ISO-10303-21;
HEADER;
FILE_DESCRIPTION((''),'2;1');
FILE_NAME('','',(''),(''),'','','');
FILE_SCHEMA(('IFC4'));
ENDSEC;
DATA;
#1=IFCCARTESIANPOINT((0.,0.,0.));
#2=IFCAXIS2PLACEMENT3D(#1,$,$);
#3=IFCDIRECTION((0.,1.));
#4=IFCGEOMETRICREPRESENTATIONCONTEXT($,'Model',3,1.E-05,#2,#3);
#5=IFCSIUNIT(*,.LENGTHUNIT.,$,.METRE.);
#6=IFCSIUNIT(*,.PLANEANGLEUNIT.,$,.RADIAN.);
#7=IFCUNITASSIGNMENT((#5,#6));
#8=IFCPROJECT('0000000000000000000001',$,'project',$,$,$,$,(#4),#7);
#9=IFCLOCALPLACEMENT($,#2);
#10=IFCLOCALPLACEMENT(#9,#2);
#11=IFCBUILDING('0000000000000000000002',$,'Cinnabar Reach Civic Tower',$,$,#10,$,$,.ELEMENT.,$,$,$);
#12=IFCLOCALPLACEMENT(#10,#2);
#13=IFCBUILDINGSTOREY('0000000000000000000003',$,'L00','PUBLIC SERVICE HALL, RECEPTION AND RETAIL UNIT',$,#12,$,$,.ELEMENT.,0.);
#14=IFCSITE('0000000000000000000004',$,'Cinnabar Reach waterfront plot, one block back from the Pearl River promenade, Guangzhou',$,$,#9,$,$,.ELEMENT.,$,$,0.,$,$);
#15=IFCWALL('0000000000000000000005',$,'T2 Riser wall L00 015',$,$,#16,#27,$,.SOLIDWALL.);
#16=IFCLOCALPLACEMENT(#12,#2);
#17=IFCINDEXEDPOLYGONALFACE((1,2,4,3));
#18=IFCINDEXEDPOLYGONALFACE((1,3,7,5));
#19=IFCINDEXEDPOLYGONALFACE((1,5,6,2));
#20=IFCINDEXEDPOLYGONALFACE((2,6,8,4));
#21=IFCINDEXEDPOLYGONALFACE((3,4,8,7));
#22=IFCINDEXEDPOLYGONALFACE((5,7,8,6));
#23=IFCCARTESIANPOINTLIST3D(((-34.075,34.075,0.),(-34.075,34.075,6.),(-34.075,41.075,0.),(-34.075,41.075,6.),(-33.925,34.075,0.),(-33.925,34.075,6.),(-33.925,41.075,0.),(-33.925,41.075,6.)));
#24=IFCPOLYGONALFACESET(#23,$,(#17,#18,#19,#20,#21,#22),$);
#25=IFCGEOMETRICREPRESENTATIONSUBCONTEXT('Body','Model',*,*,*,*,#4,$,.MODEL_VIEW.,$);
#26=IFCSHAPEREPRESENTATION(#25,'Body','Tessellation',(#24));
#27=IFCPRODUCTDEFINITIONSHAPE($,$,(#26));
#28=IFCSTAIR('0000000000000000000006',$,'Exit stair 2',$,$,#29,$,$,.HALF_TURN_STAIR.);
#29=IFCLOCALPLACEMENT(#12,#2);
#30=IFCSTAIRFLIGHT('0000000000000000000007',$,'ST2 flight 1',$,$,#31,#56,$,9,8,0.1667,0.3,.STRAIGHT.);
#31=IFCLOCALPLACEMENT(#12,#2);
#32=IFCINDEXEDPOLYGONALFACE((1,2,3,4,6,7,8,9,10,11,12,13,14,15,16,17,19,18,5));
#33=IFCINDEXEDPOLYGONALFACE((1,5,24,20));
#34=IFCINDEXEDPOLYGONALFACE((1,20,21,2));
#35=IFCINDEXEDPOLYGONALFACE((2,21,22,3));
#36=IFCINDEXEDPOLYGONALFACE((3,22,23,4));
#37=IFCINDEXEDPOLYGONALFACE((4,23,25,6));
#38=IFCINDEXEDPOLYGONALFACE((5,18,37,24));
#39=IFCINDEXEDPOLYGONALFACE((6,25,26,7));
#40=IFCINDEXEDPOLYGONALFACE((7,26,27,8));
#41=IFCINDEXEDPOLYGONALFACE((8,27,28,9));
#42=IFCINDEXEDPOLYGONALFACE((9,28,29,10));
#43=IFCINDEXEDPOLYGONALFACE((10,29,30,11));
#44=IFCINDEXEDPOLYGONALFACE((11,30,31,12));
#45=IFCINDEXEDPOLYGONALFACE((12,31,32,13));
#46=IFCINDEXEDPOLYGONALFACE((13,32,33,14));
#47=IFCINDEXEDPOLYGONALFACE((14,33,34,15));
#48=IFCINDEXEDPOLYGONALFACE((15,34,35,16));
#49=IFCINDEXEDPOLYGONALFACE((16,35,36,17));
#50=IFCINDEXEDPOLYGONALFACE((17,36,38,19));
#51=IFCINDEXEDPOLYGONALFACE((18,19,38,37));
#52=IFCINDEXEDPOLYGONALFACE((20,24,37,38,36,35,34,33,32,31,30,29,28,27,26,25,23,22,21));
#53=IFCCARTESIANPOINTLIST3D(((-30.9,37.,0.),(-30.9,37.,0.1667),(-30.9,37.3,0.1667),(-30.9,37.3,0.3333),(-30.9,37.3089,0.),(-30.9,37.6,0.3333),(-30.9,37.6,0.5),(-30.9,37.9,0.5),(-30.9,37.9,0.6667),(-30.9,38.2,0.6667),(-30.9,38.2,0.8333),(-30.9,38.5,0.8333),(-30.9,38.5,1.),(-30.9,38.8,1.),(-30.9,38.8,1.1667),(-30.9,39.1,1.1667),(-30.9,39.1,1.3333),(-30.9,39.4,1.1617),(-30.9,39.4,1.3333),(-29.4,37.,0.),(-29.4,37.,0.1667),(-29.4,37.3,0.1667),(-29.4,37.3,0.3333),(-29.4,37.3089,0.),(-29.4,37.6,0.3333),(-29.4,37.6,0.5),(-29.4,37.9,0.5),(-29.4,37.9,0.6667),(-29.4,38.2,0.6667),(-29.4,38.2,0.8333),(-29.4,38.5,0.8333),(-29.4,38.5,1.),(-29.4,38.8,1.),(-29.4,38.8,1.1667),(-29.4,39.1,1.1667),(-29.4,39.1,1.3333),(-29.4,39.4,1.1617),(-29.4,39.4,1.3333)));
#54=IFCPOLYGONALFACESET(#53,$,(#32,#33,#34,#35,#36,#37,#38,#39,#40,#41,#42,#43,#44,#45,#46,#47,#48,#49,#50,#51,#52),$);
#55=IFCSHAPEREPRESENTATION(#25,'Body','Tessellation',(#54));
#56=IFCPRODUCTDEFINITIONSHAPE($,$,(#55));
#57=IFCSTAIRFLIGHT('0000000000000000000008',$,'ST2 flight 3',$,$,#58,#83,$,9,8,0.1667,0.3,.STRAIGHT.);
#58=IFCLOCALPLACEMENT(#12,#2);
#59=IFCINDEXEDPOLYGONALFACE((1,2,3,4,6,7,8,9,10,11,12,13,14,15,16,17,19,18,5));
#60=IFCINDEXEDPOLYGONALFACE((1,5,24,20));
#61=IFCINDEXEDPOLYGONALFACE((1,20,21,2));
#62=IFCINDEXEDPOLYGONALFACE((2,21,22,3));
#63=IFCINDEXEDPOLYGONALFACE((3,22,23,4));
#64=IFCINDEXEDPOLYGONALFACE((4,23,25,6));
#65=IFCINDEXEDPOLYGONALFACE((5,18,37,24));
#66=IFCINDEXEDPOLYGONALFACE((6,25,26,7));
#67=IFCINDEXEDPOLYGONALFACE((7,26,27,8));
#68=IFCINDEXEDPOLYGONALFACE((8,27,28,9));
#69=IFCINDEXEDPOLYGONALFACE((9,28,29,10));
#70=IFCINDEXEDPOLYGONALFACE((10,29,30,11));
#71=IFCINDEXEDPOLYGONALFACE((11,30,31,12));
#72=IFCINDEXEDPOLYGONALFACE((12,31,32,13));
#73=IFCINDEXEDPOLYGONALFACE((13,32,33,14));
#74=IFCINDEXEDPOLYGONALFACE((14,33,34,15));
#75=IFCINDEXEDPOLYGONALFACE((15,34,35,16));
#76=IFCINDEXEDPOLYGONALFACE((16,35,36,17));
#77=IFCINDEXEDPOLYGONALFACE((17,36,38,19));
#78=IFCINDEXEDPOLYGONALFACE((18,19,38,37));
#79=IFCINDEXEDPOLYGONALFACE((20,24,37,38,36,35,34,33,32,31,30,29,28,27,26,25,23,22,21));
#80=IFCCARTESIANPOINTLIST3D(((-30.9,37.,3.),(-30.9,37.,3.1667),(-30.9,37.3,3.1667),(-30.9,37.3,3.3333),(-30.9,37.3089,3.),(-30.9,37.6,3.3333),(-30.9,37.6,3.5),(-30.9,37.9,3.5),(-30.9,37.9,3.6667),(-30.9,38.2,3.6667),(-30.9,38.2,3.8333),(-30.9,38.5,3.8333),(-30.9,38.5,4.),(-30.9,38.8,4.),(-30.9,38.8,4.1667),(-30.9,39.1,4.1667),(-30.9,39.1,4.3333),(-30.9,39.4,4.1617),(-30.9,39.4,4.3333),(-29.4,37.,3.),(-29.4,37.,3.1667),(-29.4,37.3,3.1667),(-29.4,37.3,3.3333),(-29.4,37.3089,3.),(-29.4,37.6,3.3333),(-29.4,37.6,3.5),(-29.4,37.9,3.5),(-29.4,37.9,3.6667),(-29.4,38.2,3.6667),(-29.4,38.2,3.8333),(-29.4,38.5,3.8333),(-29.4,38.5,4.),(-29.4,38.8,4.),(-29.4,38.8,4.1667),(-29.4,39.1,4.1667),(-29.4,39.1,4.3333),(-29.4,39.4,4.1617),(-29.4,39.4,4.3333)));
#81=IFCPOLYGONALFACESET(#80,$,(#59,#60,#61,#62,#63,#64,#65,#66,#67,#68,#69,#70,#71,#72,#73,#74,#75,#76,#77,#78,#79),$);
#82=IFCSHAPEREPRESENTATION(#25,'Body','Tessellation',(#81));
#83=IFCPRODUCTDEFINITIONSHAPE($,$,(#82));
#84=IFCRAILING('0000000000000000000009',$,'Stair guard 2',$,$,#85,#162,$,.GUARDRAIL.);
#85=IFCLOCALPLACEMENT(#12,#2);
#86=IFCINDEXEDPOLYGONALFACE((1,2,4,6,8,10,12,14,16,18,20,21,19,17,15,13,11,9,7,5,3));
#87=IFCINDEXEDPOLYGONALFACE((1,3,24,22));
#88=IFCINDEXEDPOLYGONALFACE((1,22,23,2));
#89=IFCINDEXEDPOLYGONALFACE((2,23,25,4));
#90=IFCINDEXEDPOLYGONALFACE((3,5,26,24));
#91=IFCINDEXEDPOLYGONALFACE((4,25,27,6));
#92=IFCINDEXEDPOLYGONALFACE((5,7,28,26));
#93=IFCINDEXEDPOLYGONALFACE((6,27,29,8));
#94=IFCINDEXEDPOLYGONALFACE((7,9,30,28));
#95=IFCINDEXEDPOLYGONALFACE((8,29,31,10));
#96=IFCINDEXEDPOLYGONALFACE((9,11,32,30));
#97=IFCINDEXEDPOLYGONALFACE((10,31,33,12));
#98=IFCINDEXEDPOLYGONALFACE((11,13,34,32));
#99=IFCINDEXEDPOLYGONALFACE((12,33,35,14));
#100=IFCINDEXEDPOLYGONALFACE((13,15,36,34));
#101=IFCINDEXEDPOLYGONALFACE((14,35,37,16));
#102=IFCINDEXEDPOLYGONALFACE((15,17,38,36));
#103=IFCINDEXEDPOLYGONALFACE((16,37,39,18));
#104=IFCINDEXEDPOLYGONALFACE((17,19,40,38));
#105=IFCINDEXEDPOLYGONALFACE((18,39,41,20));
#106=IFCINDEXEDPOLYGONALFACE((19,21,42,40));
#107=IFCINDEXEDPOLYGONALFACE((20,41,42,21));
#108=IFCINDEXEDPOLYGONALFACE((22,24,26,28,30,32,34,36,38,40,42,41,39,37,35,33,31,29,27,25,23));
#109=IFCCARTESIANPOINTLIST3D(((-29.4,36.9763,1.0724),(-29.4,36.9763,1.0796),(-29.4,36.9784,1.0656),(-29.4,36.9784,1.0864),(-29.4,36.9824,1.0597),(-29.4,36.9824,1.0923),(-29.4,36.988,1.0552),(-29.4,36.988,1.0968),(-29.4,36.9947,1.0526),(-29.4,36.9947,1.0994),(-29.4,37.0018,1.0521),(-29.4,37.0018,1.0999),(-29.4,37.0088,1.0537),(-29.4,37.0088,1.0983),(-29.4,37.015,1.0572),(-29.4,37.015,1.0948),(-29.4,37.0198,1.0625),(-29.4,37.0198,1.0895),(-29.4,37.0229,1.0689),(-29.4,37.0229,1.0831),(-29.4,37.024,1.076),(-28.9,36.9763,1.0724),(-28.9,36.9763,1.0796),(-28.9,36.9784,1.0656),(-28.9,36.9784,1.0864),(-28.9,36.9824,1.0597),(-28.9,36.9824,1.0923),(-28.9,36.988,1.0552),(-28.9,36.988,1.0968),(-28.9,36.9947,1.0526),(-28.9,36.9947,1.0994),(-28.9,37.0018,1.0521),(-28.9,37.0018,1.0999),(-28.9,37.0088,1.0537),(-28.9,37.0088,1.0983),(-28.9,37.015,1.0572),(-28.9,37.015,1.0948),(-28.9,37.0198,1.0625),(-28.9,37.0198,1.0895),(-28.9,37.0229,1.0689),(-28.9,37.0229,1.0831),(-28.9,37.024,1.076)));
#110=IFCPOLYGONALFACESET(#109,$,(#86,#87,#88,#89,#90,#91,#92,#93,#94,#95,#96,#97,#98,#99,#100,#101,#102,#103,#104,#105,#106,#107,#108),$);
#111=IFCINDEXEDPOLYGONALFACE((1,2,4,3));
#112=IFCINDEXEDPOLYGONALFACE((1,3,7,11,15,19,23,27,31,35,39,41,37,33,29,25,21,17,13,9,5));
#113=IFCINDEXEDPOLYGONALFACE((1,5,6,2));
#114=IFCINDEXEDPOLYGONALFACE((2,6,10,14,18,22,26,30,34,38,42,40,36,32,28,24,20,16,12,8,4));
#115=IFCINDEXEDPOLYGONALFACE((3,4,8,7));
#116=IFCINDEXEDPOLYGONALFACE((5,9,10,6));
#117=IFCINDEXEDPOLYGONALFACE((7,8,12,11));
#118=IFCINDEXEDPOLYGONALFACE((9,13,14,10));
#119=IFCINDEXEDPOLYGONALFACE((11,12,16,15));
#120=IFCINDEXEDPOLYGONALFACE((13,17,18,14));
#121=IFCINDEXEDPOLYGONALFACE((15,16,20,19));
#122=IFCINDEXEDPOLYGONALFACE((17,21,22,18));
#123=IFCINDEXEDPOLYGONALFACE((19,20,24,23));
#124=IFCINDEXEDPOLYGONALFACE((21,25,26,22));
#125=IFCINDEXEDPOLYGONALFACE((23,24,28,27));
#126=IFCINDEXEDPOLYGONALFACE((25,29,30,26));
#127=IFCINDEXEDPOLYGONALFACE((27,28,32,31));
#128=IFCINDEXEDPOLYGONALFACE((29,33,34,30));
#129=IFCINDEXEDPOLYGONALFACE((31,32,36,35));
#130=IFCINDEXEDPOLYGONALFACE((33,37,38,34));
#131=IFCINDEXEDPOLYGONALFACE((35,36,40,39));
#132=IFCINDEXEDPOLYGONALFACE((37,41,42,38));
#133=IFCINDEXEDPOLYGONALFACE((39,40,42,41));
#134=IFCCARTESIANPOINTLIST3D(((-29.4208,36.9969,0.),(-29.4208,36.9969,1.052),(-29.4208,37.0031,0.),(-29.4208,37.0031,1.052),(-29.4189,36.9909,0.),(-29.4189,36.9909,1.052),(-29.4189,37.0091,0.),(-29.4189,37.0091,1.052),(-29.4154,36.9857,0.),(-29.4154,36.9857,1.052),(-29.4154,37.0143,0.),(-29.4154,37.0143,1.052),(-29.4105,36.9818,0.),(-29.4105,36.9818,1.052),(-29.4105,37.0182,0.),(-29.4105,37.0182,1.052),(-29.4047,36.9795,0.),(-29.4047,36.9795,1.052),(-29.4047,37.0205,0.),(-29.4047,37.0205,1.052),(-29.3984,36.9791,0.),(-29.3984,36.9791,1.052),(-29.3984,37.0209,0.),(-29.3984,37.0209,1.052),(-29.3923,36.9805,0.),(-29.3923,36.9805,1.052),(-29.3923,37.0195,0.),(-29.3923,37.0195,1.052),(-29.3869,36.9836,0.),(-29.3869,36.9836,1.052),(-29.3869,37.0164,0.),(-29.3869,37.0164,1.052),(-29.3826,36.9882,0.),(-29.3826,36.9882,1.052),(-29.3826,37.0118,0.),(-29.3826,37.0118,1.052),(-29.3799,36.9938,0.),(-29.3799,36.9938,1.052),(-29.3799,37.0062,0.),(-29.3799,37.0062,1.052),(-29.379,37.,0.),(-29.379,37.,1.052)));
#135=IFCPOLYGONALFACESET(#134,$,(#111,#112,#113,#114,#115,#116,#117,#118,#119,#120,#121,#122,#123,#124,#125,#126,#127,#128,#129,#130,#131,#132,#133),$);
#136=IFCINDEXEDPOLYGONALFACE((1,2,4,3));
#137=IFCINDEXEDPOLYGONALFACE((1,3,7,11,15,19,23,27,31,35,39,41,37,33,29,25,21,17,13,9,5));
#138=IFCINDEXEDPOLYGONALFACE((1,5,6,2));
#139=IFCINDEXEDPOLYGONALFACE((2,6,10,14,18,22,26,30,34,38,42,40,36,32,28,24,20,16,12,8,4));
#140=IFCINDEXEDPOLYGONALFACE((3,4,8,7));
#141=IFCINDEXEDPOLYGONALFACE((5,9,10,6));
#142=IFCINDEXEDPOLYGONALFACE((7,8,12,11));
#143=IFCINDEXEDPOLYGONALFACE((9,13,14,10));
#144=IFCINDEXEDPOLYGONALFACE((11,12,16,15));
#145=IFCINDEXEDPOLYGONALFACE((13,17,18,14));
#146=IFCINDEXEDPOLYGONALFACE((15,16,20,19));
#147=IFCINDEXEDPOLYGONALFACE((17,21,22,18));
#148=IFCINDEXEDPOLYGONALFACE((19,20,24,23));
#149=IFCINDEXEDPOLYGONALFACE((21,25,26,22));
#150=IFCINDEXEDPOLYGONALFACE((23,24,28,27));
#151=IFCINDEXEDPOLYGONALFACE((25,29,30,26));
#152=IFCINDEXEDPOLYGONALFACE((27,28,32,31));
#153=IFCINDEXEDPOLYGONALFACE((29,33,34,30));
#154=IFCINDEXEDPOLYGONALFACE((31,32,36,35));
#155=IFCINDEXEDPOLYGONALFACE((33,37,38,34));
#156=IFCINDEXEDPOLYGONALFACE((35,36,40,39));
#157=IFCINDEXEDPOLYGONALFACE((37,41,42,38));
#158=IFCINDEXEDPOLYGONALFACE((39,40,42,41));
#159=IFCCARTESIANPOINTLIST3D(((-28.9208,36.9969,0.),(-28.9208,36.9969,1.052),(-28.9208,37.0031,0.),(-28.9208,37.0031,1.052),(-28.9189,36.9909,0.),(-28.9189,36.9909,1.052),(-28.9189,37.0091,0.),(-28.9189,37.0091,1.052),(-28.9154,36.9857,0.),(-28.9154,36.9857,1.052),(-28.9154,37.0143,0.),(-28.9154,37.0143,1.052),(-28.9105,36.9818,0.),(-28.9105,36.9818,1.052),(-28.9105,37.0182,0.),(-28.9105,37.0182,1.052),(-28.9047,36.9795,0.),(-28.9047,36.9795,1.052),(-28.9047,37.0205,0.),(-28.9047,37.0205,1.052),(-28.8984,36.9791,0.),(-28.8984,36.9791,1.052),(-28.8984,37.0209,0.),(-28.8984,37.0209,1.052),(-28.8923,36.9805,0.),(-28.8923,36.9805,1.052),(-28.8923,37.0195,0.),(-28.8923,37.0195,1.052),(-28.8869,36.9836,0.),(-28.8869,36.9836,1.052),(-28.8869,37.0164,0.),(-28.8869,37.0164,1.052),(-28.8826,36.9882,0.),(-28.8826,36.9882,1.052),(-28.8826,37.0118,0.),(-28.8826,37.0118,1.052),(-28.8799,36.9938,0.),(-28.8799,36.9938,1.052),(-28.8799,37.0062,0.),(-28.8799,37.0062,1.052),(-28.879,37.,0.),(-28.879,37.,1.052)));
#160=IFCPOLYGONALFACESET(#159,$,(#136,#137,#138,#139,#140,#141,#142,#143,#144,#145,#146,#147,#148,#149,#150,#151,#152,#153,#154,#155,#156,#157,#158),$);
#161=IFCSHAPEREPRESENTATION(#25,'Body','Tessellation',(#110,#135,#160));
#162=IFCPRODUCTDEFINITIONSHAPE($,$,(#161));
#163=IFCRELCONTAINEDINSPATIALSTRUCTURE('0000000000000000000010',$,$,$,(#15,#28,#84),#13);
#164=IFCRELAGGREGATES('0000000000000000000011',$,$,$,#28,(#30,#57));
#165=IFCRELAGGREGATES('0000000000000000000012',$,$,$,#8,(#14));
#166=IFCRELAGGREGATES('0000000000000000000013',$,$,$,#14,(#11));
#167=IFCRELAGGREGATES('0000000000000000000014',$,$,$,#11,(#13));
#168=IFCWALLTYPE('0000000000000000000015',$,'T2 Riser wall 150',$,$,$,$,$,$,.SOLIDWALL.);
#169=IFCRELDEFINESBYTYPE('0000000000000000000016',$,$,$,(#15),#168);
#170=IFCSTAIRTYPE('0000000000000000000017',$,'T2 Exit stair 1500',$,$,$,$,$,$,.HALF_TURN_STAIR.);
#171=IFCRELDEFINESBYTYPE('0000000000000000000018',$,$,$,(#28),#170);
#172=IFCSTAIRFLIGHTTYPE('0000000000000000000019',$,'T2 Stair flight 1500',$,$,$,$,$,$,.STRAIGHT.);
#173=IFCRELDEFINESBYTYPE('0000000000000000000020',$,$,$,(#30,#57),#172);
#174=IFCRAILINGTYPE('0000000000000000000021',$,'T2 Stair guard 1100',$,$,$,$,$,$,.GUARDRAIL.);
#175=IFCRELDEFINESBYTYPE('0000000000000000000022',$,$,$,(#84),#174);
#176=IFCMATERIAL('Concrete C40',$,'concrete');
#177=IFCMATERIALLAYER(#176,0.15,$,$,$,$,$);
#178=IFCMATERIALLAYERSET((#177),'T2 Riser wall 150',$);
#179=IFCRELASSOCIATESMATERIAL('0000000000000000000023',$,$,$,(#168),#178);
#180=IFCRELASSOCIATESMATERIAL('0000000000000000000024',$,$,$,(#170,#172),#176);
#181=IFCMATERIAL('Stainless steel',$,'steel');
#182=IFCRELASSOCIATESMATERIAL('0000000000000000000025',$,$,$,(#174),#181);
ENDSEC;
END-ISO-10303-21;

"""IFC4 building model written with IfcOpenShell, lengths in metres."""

from ifc_helpers import new_model, si_unit, direction, frame, frame_2d, origin, origin_2d, place, context, subcontext, project, spatial, polyline, rectangle, circle, outline, extrude, material, layer, layer_set, type_object, element, aggregate, save


model = new_model("IFC4")

# Units and contexts
model_context = context("Model", 3, precision=1e-05, world=origin(), true_north=direction((0.0, 1.0)))
body_context = subcontext(model_context, "Body", "Model", "MODEL_VIEW")
ifc_project = project(units=[si_unit("LENGTHUNIT", "METRE"), si_unit("PLANEANGLEUNIT", "RADIAN")], contexts=[model_context])

# Site, building, storey
site_placement = place(None, origin())
site = spatial("IfcSite", under=ifc_project, at=site_placement, Name="Cinnabar Reach waterfront plot, one block back from the Pearl River promenade, Guangzhou", CompositionType="ELEMENT", RefElevation=0.0)
building_placement = place(site_placement, origin())
building = spatial("IfcBuilding", under=site, at=building_placement, Name="Cinnabar Reach Civic Tower", CompositionType="ELEMENT")
storey_placement = place(building_placement, origin())
storey = spatial("IfcBuildingStorey", under=building, at=storey_placement, Name="L00", Description="PUBLIC SERVICE HALL, RECEPTION AND RETAIL UNIT", CompositionType="ELEMENT", Elevation=0.0)

# Wall
ifc_material_1 = material(Name="Concrete C40", Category="concrete")
ifc_layer_1 = layer(ifc_material_1, 0.15)
ifc_layer_set_1 = layer_set([ifc_layer_1], Name="T2 Riser wall 150")
wall_type_1 = type_object("IfcWallType", Name="T2 Riser wall 150", PredefinedType="SOLIDWALL", material=ifc_layer_set_1)
wall_1_placement = place(storey_placement, frame((-34.0, 41.075, 0.0), z_axis=(0.0, 0.0, 1.0), x_axis=(0.0, -1.0, 0.0)))
element("IfcWall", 1, at=wall_1_placement, inside=storey, type_object=wall_type_1, Name="T2 Riser wall L00 015", PredefinedType="SOLIDWALL", context=body_context, shape_type="SweptSolid", body=[
    extrude(rectangle(XDim=7.0, YDim=0.15, at=frame_2d((3.5, 0.0))), origin(), (0.0, 0.0, 1.0), 6.0),
])

# Stair, stair flights
stair_type = type_object("IfcStairType", Name="T2 Exit stair 1500", PredefinedType="HALF_TURN_STAIR", material=ifc_material_1)
stair_placement = place(storey_placement, origin())
stair = element("IfcStair", 2, at=stair_placement, inside=storey, type_object=stair_type, Name="Exit stair 2", PredefinedType="HALF_TURN_STAIR")
stair_flight_type = type_object("IfcStairFlightType", Name="T2 Stair flight 1500", PredefinedType="STRAIGHT", material=ifc_material_1)
stair_flight_1_placement = place(storey_placement, frame((-30.15, 37.0, 0.0), z_axis=(0.0, 0.0, 1.0), x_axis=(0.0, 1.0, 0.0)))
stair_flight_1 = element("IfcStairFlight", 3, at=stair_flight_1_placement, type_object=stair_flight_type, Name="ST2 flight 1", NumberOfRisers=9, NumberOfTreads=8, PredefinedType="STRAIGHT", RiserHeight=0.1667, TreadLength=0.3, context=body_context, shape_type="SweptSolid", body=[
    extrude(outline(polyline([(0.0, 0.0), (0.0, 0.1667), (0.3, 0.1667), (0.3, 0.3333), (0.6, 0.3333), (0.6, 0.5), (0.9, 0.5), (0.9, 0.6667), (1.2, 0.6667), (1.2, 0.8333), (1.5, 0.8333), (1.5, 1.0), (1.8, 1.0), (1.8, 1.1667), (2.1, 1.1667), (2.1, 1.3333), (2.4, 1.3333), (2.4, 1.5), (2.4, 1.1617), (0.3089, 0.0), (0.0, 0.0)])), frame((0.0, 0.75, 0.0), z_axis=(0.0, -1.0, 0.0), x_axis=(1.0, 0.0, 0.0)), (0.0, 0.0, 1.0), 1.5),
])
stair_flight_2_placement = place(storey_placement, frame((-30.15, 37.0, 3.0), z_axis=(0.0, 0.0, 1.0), x_axis=(0.0, 1.0, 0.0)))
stair_flight_2 = element("IfcStairFlight", 4, at=stair_flight_2_placement, type_object=stair_flight_type, Name="ST2 flight 3", NumberOfRisers=9, NumberOfTreads=8, PredefinedType="STRAIGHT", RiserHeight=0.1667, TreadLength=0.3, context=body_context, shape_type="SweptSolid", body=[
    extrude(outline(polyline([(0.0, 0.0), (0.0, 0.1667), (0.3, 0.1667), (0.3, 0.3333), (0.6, 0.3333), (0.6, 0.5), (0.9, 0.5), (0.9, 0.6667), (1.2, 0.6667), (1.2, 0.8333), (1.5, 0.8333), (1.5, 1.0), (1.8, 1.0), (1.8, 1.1667), (2.1, 1.1667), (2.1, 1.3333), (2.4, 1.3333), (2.4, 1.5), (2.4, 1.1617), (0.3089, 0.0), (0.0, 0.0)])), frame((0.0, 0.75, 0.0), z_axis=(0.0, -1.0, 0.0), x_axis=(1.0, 0.0, 0.0)), (0.0, 0.0, 1.0), 1.5),
])
aggregate(stair, [stair_flight_1, stair_flight_2])

# Railing
ifc_material_2 = material(Name="Stainless steel", Category="steel")
railing_type = type_object("IfcRailingType", Name="T2 Stair guard 1100", PredefinedType="GUARDRAIL", material=ifc_material_2)
for number, where, name in (
    (5, (-29.4, 37.0, 0.0), "Stair guard 2"),
):
    element("IfcRailing", number, at=place(storey_placement, frame(where)), inside=storey, type_object=railing_type, Name=name, PredefinedType="GUARDRAIL", context=body_context, shape_type="SweptSolid", body=[
        extrude(circle(Radius=0.024, at=origin_2d()), frame((0.0, 0.0, 1.076), z_axis=(1.0, 0.0, 0.0), x_axis=(0.0, 1.0, 0.0)), (0.0, 0.0, 1.0), 0.5),
        extrude(circle(Radius=0.021, at=origin_2d()), origin(), (0.0, 0.0, 1.0), 1.052),
        extrude(circle(Radius=0.021, at=origin_2d()), frame((0.5, 0.0, 0.0)), (0.0, 0.0, 1.0), 1.052),
    ])

save(model, "model.ifc")
